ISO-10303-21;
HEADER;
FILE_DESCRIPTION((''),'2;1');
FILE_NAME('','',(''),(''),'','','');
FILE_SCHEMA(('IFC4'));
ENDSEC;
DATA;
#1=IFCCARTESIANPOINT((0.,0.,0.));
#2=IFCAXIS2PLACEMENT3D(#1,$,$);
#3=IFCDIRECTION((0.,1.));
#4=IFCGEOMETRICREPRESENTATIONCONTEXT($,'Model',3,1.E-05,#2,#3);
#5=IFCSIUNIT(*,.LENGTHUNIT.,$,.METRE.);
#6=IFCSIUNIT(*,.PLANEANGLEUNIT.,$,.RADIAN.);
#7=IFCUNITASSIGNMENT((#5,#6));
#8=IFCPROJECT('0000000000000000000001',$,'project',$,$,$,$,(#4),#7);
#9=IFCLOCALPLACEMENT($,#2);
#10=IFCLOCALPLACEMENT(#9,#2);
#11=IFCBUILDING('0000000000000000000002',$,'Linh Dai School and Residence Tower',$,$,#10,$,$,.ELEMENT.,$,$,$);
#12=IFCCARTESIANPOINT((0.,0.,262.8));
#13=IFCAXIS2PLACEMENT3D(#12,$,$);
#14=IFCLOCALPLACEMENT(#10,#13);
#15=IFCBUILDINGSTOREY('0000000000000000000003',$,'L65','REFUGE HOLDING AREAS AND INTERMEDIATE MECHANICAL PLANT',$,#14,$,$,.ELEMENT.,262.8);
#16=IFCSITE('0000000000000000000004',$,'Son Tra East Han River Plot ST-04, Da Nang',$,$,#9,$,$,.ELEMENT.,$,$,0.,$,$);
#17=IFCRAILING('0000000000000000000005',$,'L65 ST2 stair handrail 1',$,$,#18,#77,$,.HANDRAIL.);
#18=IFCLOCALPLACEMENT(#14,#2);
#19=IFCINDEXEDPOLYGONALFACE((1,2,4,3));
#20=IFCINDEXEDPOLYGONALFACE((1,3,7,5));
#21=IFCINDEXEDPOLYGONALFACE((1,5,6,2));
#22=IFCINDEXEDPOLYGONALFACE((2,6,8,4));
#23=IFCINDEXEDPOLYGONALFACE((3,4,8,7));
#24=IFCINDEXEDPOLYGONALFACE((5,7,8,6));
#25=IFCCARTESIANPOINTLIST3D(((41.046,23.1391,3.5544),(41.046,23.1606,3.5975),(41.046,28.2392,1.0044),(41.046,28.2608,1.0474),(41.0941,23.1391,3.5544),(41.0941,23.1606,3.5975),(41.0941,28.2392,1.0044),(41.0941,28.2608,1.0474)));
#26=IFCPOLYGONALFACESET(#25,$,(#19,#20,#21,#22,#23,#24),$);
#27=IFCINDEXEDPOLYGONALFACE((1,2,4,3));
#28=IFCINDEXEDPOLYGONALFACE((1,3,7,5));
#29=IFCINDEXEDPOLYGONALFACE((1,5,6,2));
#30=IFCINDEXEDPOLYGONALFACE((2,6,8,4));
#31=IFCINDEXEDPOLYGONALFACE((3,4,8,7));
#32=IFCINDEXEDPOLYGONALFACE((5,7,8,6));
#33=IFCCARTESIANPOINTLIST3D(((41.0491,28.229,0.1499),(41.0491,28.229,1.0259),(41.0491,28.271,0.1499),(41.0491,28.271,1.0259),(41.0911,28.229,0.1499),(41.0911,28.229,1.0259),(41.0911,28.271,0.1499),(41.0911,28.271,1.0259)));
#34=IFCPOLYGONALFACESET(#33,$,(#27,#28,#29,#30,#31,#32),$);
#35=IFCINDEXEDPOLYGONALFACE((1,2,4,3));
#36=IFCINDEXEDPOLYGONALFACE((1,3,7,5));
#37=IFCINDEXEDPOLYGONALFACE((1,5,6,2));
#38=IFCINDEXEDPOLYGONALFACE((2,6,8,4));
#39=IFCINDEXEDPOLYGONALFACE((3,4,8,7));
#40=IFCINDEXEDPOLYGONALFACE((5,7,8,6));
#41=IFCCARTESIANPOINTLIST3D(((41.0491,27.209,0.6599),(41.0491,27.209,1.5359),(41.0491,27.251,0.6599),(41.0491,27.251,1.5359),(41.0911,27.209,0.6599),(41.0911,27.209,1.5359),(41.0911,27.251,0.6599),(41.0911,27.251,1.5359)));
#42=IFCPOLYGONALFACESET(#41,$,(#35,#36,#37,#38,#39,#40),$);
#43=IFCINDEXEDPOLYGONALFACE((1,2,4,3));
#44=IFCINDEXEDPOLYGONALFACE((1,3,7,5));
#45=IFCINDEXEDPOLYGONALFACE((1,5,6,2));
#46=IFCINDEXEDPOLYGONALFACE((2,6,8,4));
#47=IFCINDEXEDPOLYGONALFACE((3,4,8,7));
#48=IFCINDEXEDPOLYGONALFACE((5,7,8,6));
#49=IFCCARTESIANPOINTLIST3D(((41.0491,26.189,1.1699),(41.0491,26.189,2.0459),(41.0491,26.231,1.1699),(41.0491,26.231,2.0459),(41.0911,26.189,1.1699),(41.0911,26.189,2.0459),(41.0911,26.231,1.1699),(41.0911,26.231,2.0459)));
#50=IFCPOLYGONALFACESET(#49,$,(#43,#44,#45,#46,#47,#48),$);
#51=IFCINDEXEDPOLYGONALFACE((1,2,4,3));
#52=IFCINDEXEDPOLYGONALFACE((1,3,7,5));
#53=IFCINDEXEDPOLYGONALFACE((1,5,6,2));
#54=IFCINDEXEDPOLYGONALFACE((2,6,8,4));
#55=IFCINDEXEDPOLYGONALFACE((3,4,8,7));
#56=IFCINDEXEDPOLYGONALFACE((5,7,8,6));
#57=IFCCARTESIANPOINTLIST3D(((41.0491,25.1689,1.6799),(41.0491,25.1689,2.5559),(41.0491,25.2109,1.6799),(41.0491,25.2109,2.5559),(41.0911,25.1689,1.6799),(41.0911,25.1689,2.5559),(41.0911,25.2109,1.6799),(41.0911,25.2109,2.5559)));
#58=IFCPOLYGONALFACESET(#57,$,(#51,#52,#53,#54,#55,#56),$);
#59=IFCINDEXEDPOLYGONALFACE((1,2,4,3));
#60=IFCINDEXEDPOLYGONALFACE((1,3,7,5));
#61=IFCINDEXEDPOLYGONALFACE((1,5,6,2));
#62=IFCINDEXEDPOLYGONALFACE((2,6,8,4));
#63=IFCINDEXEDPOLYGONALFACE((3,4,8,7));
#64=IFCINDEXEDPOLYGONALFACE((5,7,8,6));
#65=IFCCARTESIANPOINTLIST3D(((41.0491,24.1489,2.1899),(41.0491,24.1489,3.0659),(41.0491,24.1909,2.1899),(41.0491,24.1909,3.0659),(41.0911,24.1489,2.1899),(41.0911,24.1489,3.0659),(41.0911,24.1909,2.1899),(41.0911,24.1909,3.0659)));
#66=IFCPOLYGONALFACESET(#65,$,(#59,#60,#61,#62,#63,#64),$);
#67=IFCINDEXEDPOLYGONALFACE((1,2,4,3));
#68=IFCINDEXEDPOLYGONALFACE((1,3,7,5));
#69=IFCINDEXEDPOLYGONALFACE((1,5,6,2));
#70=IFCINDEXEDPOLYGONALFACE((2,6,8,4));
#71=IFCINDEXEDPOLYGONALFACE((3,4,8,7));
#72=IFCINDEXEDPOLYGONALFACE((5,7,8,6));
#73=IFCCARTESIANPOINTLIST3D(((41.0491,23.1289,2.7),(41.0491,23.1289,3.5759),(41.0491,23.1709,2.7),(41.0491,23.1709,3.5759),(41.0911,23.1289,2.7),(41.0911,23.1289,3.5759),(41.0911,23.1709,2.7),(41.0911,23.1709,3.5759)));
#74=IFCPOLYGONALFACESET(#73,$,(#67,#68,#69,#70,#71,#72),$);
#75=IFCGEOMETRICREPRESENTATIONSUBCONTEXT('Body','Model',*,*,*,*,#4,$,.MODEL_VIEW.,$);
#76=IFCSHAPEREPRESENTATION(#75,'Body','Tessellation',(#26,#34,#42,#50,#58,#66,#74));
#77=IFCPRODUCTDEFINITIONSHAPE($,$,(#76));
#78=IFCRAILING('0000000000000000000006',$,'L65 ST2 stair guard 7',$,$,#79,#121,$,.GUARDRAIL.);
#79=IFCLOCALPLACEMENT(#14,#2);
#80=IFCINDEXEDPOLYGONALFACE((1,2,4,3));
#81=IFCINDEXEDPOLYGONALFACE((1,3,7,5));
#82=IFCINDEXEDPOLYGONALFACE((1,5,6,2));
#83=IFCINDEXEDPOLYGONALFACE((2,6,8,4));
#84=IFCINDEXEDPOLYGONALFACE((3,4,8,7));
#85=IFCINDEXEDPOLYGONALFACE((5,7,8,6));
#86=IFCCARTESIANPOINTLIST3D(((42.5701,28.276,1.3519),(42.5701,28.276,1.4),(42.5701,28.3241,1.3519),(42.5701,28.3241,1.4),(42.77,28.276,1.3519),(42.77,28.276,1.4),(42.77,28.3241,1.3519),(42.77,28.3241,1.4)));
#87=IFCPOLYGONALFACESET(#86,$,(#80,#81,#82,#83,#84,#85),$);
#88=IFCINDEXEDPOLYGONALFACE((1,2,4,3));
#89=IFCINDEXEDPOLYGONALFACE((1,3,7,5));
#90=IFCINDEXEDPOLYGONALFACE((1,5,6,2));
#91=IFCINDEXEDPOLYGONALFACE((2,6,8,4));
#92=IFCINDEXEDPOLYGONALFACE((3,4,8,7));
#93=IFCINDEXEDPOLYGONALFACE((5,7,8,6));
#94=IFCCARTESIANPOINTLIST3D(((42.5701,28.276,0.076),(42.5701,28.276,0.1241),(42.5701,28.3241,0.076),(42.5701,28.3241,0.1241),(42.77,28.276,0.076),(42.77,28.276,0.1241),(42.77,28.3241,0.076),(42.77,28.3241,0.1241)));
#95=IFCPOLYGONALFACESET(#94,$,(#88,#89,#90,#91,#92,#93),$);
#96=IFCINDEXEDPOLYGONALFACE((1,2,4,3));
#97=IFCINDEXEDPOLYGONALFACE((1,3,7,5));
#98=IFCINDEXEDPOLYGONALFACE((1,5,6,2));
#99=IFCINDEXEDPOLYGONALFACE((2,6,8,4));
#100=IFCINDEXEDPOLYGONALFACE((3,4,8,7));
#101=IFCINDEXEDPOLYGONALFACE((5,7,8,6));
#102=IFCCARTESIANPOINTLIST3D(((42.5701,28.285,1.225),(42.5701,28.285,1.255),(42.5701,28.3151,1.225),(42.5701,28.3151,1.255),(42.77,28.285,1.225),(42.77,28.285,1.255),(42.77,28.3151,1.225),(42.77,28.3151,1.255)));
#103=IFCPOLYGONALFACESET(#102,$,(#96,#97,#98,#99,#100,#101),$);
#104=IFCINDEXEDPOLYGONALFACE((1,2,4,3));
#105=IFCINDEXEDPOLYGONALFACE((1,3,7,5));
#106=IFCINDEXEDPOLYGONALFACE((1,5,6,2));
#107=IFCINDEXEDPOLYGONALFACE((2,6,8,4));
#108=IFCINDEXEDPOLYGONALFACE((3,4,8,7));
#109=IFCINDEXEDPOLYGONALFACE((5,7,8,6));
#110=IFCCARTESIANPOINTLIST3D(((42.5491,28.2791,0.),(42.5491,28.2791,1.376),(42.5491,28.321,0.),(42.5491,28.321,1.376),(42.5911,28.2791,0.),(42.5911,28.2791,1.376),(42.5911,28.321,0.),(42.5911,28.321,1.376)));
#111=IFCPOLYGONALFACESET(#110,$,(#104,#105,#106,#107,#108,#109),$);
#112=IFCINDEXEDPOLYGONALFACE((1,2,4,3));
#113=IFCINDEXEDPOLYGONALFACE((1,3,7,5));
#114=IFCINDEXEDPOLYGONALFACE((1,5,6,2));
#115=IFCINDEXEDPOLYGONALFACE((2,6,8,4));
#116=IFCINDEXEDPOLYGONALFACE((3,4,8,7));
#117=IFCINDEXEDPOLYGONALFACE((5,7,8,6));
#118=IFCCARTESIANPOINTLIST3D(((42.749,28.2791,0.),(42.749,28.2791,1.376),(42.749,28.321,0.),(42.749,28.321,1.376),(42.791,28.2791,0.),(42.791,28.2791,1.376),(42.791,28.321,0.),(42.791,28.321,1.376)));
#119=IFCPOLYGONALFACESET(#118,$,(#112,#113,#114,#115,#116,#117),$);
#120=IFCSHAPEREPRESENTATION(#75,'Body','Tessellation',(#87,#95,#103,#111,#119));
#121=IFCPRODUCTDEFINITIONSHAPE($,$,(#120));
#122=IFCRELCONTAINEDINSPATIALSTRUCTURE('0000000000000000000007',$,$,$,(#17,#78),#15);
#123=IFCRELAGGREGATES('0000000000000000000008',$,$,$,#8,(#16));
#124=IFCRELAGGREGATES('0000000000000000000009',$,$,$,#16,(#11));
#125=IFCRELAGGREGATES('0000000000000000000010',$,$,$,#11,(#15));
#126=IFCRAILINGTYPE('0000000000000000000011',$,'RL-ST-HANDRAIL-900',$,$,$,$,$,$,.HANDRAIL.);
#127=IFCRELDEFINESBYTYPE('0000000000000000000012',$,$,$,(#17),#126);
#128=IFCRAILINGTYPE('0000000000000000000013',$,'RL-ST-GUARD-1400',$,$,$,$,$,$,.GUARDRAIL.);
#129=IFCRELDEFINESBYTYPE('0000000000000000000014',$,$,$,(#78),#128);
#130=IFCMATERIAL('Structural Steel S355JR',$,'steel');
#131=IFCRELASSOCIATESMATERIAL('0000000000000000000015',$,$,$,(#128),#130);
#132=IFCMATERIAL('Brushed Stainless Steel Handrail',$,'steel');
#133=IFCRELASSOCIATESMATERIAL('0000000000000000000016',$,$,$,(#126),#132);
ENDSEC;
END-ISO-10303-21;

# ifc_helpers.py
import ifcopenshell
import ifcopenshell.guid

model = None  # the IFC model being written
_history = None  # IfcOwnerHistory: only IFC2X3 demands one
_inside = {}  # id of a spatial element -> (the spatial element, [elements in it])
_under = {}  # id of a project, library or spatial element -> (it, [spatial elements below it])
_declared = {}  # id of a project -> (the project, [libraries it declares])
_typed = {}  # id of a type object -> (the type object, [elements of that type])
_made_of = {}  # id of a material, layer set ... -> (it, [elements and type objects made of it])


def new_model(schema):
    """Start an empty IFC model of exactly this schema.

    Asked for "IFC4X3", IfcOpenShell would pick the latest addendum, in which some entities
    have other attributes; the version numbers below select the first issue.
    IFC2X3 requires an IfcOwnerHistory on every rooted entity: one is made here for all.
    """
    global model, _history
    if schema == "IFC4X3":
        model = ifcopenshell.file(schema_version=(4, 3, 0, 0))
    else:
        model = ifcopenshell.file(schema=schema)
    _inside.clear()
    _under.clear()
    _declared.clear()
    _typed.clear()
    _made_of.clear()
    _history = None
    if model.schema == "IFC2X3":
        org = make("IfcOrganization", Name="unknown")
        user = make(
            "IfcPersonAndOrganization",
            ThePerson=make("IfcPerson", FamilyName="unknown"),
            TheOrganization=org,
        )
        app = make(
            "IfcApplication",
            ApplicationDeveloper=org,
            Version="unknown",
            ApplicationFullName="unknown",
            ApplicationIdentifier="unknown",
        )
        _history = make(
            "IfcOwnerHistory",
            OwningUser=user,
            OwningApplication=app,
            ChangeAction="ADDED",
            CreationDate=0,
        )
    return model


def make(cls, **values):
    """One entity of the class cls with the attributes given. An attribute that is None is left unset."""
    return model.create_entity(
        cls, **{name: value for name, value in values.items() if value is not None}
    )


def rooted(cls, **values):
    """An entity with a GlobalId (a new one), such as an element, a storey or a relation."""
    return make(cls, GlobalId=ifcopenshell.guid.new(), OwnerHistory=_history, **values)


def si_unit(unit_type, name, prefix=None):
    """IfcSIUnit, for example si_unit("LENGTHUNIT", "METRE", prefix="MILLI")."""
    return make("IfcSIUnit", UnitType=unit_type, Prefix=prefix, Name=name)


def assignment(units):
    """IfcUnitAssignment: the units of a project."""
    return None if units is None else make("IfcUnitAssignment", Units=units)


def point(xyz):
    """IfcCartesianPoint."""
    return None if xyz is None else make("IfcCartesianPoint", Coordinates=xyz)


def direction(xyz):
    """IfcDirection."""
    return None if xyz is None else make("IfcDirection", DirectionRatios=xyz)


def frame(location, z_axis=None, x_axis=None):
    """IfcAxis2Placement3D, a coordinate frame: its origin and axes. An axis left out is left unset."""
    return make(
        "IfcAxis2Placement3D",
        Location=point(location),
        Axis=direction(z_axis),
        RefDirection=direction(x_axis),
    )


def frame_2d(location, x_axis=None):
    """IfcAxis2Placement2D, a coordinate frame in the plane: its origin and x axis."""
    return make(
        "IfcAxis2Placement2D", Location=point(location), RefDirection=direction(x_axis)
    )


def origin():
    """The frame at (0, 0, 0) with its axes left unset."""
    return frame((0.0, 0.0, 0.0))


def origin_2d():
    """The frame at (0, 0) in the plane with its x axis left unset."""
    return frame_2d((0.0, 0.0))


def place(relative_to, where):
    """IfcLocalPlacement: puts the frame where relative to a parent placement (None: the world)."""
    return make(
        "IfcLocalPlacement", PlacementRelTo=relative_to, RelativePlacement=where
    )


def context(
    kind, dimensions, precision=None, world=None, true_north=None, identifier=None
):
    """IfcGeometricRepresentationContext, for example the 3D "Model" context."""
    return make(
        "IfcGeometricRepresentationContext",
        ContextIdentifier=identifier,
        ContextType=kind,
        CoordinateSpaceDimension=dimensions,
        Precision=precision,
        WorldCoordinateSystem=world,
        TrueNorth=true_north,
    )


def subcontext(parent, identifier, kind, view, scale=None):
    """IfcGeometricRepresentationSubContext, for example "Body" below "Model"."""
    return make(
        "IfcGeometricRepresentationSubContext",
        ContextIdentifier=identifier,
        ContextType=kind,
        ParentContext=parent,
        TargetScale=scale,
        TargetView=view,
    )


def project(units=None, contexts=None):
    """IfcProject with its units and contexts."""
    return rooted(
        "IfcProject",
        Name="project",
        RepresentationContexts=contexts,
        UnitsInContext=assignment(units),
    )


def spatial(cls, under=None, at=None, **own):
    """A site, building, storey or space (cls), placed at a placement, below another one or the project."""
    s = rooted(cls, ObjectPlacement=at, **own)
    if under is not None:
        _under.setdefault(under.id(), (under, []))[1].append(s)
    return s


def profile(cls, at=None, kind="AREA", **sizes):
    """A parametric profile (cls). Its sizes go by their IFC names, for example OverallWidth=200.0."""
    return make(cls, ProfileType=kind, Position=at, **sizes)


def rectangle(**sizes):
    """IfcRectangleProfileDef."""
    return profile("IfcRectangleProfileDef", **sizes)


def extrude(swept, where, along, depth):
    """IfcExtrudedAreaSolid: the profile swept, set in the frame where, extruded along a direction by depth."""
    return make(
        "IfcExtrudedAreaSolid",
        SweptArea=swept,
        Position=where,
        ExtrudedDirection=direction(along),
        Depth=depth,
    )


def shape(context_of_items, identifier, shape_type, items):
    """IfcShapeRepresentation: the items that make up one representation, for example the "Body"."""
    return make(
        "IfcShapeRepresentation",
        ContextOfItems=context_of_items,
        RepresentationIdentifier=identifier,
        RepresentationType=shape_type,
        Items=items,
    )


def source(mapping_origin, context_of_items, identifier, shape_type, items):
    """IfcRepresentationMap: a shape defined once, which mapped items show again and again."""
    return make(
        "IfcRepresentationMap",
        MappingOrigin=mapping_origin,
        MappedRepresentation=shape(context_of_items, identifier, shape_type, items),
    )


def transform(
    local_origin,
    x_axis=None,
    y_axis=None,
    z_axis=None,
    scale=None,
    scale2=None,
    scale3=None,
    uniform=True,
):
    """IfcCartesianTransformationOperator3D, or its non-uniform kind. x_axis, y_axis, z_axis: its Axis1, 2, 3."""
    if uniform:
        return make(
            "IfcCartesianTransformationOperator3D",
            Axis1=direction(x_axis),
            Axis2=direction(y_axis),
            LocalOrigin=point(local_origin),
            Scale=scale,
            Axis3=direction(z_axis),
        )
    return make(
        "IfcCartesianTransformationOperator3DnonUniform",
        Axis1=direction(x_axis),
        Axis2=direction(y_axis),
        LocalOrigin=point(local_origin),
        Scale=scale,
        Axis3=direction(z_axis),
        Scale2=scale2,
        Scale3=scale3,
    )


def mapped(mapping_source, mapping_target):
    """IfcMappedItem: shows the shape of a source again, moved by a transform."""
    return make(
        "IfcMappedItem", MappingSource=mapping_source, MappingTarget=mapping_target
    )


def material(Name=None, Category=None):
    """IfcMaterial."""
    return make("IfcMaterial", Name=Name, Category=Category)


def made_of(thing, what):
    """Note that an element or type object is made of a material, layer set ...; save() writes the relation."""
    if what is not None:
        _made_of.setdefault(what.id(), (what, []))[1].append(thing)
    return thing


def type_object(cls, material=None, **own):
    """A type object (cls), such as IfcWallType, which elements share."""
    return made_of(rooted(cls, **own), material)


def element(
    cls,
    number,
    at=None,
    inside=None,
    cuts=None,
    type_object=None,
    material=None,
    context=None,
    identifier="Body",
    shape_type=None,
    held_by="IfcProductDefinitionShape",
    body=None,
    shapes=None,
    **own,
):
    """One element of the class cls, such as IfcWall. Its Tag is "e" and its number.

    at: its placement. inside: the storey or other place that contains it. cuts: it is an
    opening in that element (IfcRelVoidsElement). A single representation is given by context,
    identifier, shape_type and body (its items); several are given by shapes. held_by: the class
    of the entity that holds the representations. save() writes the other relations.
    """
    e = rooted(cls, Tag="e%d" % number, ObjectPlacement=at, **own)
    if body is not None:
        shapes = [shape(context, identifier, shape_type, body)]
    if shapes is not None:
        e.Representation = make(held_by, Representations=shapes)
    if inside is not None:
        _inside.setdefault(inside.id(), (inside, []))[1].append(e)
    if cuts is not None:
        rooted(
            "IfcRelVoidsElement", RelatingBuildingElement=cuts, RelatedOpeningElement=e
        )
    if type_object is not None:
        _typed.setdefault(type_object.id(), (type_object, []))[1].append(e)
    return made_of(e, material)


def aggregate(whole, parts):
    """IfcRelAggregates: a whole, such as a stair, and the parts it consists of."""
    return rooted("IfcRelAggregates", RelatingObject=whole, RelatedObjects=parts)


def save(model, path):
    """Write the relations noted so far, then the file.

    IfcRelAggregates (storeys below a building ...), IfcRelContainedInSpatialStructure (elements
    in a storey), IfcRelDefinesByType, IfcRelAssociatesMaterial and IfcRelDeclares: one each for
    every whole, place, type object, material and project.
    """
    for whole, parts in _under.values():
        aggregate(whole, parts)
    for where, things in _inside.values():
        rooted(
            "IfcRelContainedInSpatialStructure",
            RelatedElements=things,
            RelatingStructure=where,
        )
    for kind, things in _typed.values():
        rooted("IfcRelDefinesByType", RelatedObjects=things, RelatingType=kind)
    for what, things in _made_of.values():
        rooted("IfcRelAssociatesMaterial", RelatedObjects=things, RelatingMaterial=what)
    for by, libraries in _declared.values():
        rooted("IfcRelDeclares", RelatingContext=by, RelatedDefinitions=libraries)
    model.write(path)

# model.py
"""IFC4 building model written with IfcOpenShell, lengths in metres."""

from ifc_helpers import new_model, si_unit, direction, frame, origin, origin_2d, place, context, subcontext, project, spatial, rectangle, extrude, source, transform, mapped, material, type_object, element, save


model = new_model("IFC4")

# Units and contexts
model_context = context("Model", 3, precision=1e-05, world=origin(), true_north=direction((0.0, 1.0)))
body_context = subcontext(model_context, "Body", "Model", "MODEL_VIEW")
ifc_project = project(units=[si_unit("LENGTHUNIT", "METRE"), si_unit("PLANEANGLEUNIT", "RADIAN")], contexts=[model_context])

# Site, building, storey
site_placement = place(None, origin())
site = spatial("IfcSite", under=ifc_project, at=site_placement, Name="Son Tra East Han River Plot ST-04, Da Nang", CompositionType="ELEMENT", RefElevation=0.0)
building_placement = place(site_placement, origin())
building = spatial("IfcBuilding", under=site, at=building_placement, Name="Linh Dai School and Residence Tower", CompositionType="ELEMENT")
storey_placement = place(building_placement, frame((0.0, 0.0, 262.8)))
storey = spatial("IfcBuildingStorey", under=building, at=storey_placement, Name="L65", Description="REFUGE HOLDING AREAS AND INTERMEDIATE MECHANICAL PLANT", CompositionType="ELEMENT", Elevation=262.8)

# Shared definitions
ifc_material_1 = material(Name="Structural Steel S355JR", Category="steel")

# Railings
railing_type_1 = type_object("IfcRailingType", Name="RL-ST-GUARD-1400", PredefinedType="GUARDRAIL", material=ifc_material_1)
ifc_material_2 = material(Name="Brushed Stainless Steel Handrail", Category="steel")
railing_type_2 = type_object("IfcRailingType", Name="RL-ST-HANDRAIL-900", PredefinedType="HANDRAIL", material=ifc_material_2)
shared_shape_1 = source(origin(), body_context, "Body", "SweptSolid", [
    extrude(rectangle(XDim=0.0481, YDim=0.0481, at=origin_2d()), frame((0.0, 0.0, 0.876), z_axis=(0.0, -0.894427, 0.447214), x_axis=(1.0, 0.0, 0.0)), (0.0, 0.0, 1.0), 5.7021),
    extrude(rectangle(XDim=0.042, YDim=0.042, at=origin_2d()), origin(), (0.0, 0.0, 1.0), 0.876),
    extrude(rectangle(XDim=0.042, YDim=0.042, at=origin_2d()), frame((0.0, -1.02, 0.51)), (0.0, 0.0, 1.0), 0.876),
    extrude(rectangle(XDim=0.042, YDim=0.042, at=origin_2d()), frame((0.0, -2.04, 1.02)), (0.0, 0.0, 1.0), 0.876),
    extrude(rectangle(XDim=0.042, YDim=0.042, at=origin_2d()), frame((0.0, -3.0601, 1.53)), (0.0, 0.0, 1.0), 0.876),
    extrude(rectangle(XDim=0.042, YDim=0.042, at=origin_2d()), frame((0.0, -4.0801, 2.04)), (0.0, 0.0, 1.0), 0.876),
    extrude(rectangle(XDim=0.042, YDim=0.042, at=origin_2d()), frame((0.0, -5.1001, 2.55)), (0.0, 0.0, 1.0), 0.876),
])
railing_1_placement = place(storey_placement, frame((41.0701, 28.25, 0.1499)))
element("IfcRailing", 1, at=railing_1_placement, inside=storey, type_object=railing_type_2, Name="L65 ST2 stair handrail 1", PredefinedType="HANDRAIL", context=body_context, shape_type="MappedRepresentation", body=[
    mapped(shared_shape_1, transform((0.0, 0.0, 0.0), x_axis=(1.0, 0.0, 0.0), y_axis=(0.0, 1.0, 0.0), z_axis=(0.0, 0.0, 1.0), scale=1.0)),
])
shared_shape_2 = source(origin(), body_context, "Body", "SweptSolid", [
    extrude(rectangle(XDim=0.0481, YDim=0.0481, at=origin_2d()), frame((0.0, 0.0, 1.376), z_axis=(1.0, 0.0, 0.0), x_axis=(0.0, 1.0, 0.0)), (0.0, 0.0, 1.0), 0.2),
    extrude(rectangle(XDim=0.0481, YDim=0.0481, at=origin_2d()), frame((0.0, 0.0, 0.1001), z_axis=(1.0, 0.0, 0.0), x_axis=(0.0, 1.0, 0.0)), (0.0, 0.0, 1.0), 0.2),
    extrude(rectangle(XDim=0.03, YDim=0.03, at=origin_2d()), frame((0.0, 0.0, 1.24), z_axis=(1.0, 0.0, 0.0), x_axis=(0.0, 1.0, 0.0)), (0.0, 0.0, 1.0), 0.2),
    extrude(rectangle(XDim=0.042, YDim=0.042, at=origin_2d()), origin(), (0.0, 0.0, 1.0), 1.376),
    extrude(rectangle(XDim=0.042, YDim=0.042, at=origin_2d()), frame((0.2, 0.0, 0.0)), (0.0, 0.0, 1.0), 1.376),
])
railing_2_placement = place(storey_placement, frame((42.5701, 28.3, 0.0)))
element("IfcRailing", 2, at=railing_2_placement, inside=storey, type_object=railing_type_1, Name="L65 ST2 stair guard 7", PredefinedType="GUARDRAIL", context=body_context, shape_type="MappedRepresentation", body=[
    mapped(shared_shape_2, transform((0.0, 0.0, 0.0), x_axis=(1.0, 0.0, 0.0), y_axis=(0.0, 1.0, 0.0), z_axis=(0.0, 0.0, 1.0), scale=1.0)),
])

save(model, "model.ifc")
